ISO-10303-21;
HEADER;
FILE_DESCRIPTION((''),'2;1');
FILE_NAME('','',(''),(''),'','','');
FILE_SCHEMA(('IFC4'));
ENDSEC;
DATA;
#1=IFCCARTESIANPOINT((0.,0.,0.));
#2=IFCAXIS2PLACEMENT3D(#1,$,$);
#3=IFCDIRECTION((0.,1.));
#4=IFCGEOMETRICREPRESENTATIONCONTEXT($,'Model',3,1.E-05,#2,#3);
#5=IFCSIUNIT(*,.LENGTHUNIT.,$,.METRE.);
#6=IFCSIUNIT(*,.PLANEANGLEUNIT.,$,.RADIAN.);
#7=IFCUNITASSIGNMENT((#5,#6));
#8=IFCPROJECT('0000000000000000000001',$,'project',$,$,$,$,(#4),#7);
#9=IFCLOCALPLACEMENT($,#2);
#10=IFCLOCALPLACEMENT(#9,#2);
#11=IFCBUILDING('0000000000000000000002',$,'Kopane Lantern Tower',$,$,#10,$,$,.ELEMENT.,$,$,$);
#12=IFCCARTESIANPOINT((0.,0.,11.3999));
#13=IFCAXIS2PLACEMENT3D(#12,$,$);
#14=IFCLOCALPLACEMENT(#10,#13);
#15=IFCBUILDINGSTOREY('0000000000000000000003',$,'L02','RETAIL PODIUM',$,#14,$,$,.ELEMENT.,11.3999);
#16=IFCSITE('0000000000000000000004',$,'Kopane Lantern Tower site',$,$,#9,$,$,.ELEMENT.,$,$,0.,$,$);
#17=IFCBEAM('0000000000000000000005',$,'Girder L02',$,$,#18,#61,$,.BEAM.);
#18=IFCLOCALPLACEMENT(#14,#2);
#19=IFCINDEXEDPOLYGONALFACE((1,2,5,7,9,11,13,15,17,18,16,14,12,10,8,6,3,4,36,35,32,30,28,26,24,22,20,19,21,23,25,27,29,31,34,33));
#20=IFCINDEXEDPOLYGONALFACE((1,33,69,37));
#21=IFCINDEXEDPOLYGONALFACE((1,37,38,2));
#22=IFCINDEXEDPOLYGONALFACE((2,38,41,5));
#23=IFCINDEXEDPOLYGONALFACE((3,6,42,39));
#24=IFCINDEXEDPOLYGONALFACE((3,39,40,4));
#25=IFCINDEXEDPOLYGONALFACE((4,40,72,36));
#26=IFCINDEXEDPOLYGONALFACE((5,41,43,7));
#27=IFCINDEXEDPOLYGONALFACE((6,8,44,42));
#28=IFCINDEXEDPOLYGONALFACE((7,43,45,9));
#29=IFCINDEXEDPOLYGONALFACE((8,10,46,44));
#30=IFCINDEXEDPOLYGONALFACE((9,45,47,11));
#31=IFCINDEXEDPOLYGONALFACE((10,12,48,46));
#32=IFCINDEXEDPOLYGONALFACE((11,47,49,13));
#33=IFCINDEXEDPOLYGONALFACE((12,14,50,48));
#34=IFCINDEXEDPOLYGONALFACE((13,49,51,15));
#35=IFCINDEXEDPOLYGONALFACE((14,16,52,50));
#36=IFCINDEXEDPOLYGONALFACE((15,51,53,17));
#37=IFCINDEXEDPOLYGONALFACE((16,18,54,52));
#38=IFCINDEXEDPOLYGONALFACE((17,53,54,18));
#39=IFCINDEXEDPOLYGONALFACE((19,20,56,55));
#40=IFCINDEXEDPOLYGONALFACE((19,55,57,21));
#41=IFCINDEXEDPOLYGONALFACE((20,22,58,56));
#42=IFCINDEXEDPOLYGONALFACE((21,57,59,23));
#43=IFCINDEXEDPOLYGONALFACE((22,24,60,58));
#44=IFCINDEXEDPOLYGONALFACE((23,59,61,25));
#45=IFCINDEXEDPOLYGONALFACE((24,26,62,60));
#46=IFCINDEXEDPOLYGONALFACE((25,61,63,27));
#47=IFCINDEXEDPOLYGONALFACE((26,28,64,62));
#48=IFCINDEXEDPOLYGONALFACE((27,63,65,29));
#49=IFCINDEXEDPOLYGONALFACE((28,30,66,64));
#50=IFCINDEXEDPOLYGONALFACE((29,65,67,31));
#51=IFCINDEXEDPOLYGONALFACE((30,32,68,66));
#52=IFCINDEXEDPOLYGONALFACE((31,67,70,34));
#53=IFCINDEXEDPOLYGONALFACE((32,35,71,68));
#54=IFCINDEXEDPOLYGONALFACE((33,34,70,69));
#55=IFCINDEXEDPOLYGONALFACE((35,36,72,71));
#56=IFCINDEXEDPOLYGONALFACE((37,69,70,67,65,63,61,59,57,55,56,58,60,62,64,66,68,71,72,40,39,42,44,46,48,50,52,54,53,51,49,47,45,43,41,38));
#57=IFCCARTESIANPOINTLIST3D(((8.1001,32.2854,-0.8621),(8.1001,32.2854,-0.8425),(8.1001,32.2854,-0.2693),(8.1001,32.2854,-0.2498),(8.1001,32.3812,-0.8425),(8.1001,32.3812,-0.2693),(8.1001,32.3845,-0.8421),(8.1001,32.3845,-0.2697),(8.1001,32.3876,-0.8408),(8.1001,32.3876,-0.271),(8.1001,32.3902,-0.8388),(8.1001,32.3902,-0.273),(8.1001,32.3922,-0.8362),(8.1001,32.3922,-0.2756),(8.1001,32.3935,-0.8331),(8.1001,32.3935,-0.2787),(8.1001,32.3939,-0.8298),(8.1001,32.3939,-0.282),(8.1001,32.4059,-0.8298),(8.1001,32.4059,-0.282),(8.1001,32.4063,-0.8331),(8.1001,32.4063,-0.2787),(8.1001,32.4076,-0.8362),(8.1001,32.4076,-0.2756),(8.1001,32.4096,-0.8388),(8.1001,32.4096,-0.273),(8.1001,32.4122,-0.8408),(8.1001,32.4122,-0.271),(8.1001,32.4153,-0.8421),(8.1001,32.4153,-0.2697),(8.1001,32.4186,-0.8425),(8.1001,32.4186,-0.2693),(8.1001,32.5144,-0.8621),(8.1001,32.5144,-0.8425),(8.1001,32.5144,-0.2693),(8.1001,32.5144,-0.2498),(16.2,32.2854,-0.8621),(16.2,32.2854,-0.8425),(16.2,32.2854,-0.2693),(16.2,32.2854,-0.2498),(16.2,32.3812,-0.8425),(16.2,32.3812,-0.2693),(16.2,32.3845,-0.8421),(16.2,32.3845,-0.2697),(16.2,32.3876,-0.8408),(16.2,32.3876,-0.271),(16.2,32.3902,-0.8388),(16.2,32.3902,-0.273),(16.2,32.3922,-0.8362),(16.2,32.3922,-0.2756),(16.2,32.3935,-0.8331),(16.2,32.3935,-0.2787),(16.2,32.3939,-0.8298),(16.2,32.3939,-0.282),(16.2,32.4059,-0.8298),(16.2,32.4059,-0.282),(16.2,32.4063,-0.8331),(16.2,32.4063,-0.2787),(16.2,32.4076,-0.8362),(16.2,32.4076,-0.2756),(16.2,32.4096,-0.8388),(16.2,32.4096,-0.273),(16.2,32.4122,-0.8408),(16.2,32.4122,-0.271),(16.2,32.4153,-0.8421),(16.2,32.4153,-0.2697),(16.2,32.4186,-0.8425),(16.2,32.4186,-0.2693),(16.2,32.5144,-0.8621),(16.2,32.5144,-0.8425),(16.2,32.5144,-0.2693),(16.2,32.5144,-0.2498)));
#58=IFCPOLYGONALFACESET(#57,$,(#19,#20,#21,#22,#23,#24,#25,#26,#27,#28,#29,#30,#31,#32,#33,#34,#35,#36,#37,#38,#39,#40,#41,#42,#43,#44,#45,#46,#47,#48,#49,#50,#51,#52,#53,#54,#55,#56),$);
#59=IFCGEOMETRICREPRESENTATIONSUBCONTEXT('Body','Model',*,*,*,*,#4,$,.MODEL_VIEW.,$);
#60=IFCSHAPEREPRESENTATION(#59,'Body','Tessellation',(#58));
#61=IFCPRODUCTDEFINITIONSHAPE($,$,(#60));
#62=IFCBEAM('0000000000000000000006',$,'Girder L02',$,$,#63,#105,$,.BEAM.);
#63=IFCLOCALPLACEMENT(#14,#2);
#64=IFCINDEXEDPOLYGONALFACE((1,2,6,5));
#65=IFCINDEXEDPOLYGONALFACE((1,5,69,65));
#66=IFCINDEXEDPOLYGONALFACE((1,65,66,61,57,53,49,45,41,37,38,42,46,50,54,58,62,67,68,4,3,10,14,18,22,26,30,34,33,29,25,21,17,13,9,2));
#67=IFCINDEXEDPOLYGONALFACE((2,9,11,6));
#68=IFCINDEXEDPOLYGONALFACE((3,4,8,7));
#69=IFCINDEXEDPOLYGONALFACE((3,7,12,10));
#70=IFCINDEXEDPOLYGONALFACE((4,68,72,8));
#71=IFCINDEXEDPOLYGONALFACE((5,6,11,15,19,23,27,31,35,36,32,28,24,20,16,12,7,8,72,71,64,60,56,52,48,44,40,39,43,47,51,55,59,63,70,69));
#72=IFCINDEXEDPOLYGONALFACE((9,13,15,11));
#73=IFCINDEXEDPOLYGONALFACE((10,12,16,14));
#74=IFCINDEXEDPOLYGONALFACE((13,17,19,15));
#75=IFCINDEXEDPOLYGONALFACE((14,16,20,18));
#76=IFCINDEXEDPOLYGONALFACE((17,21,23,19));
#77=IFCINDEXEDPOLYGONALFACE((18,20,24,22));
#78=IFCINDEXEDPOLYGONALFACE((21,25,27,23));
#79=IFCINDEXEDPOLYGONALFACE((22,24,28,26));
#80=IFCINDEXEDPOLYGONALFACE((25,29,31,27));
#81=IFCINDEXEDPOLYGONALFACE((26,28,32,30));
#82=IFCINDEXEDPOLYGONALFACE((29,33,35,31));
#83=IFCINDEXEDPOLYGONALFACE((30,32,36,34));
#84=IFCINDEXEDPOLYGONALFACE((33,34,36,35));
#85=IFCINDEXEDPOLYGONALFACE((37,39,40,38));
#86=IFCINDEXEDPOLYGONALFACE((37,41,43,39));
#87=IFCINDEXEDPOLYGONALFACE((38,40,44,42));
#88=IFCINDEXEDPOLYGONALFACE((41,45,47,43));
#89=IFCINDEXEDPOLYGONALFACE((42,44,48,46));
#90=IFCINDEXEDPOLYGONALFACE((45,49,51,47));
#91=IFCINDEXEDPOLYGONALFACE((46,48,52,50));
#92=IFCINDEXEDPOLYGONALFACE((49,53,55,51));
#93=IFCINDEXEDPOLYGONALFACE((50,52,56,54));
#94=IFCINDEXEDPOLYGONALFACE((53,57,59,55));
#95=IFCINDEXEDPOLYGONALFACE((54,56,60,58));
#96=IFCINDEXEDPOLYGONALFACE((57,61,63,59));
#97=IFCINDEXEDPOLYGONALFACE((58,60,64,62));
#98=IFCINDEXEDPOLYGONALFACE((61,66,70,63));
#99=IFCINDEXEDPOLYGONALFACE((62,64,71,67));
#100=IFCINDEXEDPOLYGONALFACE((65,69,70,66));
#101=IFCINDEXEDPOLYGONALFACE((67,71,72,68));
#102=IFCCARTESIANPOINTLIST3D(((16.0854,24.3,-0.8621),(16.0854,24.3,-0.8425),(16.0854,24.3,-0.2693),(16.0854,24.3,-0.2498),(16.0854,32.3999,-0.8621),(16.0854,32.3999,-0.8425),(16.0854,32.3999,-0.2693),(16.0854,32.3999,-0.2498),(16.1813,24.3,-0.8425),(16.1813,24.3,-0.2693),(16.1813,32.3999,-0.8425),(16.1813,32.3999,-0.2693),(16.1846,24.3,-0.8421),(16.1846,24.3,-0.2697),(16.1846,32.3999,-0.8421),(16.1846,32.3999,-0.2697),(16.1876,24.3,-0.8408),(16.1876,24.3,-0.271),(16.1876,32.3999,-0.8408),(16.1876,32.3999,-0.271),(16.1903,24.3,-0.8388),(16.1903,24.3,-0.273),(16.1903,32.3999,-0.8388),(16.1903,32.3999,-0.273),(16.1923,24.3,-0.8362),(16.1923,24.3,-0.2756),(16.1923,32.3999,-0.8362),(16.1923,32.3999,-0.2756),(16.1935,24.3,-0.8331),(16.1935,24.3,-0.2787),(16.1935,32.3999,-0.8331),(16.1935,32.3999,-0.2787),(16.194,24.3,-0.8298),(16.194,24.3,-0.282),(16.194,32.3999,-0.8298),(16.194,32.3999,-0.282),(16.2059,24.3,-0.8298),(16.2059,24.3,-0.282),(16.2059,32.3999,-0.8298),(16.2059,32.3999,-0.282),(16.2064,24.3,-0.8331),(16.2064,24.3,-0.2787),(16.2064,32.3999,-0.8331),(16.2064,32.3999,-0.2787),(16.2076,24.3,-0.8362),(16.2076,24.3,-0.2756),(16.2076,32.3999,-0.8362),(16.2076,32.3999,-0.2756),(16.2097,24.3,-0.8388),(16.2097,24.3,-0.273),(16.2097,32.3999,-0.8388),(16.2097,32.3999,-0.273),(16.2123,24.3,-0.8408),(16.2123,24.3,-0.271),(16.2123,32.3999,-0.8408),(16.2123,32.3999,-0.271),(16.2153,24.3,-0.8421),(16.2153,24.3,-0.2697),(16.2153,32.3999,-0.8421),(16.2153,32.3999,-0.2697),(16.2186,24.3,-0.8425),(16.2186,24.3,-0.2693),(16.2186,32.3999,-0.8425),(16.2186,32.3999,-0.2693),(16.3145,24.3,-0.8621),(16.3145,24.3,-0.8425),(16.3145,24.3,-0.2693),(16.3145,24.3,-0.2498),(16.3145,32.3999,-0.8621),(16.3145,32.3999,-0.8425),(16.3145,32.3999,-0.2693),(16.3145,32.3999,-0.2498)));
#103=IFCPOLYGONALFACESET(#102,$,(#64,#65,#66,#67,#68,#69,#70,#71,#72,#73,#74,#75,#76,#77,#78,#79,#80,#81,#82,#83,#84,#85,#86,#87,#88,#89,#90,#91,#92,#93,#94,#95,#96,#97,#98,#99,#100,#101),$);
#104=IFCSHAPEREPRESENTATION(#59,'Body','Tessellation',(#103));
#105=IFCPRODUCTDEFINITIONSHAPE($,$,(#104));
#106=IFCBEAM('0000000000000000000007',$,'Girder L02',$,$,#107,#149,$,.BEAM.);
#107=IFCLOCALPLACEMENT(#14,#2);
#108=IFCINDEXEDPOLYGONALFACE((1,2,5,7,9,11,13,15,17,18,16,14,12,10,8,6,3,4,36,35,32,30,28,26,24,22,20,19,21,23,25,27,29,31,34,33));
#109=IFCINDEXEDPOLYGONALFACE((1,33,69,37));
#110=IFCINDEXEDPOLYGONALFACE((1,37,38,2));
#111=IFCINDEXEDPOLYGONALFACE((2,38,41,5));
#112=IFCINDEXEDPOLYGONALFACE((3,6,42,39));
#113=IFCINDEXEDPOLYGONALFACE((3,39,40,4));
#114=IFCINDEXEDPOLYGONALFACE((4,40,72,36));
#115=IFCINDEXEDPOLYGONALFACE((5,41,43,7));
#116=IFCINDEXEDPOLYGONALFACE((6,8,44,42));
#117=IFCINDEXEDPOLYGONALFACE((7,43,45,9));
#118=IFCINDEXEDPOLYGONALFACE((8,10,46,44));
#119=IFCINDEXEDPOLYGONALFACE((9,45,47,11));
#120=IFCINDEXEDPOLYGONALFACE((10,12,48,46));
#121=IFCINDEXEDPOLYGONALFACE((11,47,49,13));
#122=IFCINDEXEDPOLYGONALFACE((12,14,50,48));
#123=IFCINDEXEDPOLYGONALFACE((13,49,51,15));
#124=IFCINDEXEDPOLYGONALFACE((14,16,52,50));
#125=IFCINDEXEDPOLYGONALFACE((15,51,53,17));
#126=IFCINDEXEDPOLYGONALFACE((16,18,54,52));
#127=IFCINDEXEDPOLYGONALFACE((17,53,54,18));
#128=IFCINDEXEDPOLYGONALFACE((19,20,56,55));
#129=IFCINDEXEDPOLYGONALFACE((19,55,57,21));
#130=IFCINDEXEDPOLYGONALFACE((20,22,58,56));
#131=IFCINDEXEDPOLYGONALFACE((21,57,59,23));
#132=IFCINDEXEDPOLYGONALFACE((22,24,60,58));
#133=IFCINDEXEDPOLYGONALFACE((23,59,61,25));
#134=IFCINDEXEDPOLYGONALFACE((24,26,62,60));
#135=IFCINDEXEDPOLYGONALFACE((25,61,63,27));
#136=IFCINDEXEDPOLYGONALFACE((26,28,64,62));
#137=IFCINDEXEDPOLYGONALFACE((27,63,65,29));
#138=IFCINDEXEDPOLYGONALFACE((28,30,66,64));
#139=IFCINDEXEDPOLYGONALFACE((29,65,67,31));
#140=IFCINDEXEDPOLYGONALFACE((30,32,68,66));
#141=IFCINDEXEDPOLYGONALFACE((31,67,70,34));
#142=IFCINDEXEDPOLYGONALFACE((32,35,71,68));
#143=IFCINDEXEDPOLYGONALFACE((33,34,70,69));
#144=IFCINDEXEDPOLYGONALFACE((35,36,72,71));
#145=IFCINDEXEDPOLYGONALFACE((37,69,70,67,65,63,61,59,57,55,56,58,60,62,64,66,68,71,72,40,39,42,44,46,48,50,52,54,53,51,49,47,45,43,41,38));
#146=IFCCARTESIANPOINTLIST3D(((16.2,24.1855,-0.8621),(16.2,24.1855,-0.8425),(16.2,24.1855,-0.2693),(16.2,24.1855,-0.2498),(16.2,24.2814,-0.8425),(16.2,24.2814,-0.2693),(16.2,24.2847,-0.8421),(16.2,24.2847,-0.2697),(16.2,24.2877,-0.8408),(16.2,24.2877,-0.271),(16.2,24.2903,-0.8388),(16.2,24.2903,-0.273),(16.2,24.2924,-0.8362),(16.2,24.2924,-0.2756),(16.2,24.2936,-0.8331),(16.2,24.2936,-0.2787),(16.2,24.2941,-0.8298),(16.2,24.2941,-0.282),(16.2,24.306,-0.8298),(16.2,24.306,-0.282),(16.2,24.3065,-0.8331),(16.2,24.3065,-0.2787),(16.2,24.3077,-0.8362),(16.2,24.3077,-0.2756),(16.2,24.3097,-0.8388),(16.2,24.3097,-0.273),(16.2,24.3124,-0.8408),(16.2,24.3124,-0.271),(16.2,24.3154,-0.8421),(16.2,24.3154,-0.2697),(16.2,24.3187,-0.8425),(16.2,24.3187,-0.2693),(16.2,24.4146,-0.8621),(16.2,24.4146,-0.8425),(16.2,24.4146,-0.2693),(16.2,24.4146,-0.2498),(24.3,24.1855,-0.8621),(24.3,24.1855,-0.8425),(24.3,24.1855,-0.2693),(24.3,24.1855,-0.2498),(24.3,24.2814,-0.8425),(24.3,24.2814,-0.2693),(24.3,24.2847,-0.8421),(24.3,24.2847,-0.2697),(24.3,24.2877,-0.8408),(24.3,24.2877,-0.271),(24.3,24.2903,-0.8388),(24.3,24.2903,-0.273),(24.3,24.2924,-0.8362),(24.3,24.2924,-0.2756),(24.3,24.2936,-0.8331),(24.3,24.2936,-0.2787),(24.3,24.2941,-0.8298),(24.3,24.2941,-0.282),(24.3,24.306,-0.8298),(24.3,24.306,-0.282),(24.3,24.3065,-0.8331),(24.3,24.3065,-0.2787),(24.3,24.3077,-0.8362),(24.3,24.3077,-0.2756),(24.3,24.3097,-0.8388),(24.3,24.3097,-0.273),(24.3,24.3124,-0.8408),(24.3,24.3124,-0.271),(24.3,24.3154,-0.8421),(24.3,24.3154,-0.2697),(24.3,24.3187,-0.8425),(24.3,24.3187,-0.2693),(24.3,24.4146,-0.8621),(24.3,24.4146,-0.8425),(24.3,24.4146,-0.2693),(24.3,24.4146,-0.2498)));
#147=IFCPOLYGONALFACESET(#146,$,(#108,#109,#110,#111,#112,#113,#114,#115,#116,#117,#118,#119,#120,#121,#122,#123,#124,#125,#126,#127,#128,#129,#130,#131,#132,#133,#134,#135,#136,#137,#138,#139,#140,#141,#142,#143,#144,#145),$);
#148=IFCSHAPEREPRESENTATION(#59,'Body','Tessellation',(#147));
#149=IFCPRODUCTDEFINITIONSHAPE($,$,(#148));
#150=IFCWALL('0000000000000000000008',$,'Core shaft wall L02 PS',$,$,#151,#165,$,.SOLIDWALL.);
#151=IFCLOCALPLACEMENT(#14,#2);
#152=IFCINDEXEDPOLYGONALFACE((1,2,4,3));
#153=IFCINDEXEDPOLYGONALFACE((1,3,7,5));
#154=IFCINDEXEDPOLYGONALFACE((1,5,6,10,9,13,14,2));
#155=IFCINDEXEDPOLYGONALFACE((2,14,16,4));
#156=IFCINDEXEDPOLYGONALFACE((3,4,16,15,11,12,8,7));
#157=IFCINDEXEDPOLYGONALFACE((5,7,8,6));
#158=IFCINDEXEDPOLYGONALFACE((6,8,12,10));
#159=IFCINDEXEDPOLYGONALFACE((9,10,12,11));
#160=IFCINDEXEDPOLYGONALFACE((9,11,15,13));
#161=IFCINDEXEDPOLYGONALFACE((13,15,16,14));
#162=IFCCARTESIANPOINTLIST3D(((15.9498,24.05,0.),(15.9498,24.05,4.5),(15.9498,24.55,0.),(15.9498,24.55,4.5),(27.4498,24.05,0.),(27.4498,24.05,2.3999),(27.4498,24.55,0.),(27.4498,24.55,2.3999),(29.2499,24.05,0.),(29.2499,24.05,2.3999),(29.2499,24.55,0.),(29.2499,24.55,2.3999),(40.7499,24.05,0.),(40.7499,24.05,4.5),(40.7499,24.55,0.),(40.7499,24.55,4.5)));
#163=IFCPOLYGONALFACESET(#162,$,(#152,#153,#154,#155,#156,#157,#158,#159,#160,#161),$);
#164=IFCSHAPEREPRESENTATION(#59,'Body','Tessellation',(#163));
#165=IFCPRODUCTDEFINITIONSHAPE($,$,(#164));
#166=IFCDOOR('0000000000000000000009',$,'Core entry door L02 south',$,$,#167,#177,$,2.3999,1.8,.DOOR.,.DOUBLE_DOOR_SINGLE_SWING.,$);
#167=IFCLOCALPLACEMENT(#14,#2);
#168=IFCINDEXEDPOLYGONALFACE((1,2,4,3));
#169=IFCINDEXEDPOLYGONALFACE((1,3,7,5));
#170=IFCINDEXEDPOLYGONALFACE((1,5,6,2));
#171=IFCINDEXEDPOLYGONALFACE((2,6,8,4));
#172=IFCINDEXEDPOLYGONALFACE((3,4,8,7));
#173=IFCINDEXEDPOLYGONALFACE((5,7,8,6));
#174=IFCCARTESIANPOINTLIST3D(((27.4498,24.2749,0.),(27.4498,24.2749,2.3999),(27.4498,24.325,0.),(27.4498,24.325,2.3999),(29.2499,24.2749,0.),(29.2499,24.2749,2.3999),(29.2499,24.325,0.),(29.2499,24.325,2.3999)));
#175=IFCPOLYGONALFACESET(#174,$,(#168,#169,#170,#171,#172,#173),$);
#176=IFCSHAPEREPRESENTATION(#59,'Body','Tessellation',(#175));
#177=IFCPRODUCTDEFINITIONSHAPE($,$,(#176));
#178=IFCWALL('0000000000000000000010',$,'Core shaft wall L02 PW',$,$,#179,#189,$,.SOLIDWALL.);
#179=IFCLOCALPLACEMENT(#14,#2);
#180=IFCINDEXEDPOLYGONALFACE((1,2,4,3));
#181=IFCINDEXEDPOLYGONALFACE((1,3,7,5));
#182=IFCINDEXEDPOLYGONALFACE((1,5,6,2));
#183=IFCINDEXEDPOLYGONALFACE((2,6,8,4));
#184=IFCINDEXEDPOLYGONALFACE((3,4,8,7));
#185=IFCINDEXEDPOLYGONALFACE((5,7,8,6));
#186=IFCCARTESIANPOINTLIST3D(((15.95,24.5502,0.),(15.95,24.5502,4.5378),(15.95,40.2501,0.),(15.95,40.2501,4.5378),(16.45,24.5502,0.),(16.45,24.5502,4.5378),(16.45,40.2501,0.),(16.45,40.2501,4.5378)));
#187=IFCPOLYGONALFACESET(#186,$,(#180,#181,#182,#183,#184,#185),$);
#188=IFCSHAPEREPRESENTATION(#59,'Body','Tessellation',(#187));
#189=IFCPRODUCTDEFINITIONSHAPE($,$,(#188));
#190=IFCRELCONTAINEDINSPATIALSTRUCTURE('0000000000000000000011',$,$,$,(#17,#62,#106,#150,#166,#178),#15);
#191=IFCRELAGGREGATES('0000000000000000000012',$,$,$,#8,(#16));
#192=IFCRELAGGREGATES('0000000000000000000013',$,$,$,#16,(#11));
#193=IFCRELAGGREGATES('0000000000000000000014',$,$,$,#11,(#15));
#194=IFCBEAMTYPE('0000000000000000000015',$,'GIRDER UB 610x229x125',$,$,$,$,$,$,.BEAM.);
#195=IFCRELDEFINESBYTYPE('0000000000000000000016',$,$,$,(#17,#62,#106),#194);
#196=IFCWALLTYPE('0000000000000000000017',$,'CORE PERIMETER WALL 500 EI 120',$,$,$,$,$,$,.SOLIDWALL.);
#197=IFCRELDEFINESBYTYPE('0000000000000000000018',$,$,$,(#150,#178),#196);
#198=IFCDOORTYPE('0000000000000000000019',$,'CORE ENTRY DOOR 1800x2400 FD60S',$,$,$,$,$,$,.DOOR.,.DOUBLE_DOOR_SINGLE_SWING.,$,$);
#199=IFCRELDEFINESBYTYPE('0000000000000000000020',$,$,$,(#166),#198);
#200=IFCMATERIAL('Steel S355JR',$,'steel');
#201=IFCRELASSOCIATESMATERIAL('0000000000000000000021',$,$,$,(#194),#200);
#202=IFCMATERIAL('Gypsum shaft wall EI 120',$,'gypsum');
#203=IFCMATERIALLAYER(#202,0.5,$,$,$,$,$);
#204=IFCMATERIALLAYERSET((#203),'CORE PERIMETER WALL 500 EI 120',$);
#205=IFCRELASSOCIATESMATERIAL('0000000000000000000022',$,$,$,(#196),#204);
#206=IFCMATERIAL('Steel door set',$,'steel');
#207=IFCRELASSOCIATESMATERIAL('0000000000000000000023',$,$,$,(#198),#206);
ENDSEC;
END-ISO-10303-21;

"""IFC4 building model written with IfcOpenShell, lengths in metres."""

from ifc_helpers import new_model, si_unit, direction, frame, frame_2d, origin, origin_2d, place, context, subcontext, project, spatial, rectangle, i_section, extrude, material, layer, layer_set, material_profile, profile_set, type_object, element, fill, save


model = new_model("IFC4")

# Units and contexts
model_context = context("Model", 3, precision=1e-05, world=origin(), true_north=direction((0.0, 1.0)))
body_context = subcontext(model_context, "Body", "Model", "MODEL_VIEW")
ifc_project = project(units=[si_unit("LENGTHUNIT", "METRE"), si_unit("PLANEANGLEUNIT", "RADIAN")], contexts=[model_context])

# Site, building, storey
site_placement = place(None, origin())
site = spatial("IfcSite", under=ifc_project, at=site_placement, Name="Kopane Lantern Tower site", CompositionType="ELEMENT", RefElevation=0.0)
building_placement = place(site_placement, origin())
building = spatial("IfcBuilding", under=site, at=building_placement, Name="Kopane Lantern Tower", CompositionType="ELEMENT")
storey_placement = place(building_placement, frame((0.0, 0.0, 11.3999)))
storey = spatial("IfcBuildingStorey", under=building, at=storey_placement, Name="L02", Description="RETAIL PODIUM", CompositionType="ELEMENT", Elevation=11.3999)

# Beams
ifc_material_1 = material(Name="Steel S355JR", Category="steel")
ifc_material_profile_1 = material_profile(ifc_material_1, i_section(OverallWidth=0.229, OverallDepth=0.6123, WebThickness=0.012, FlangeThickness=0.0195, FilletRadius=0.0127, at=origin_2d()), Name="UB 610x229x125")
ifc_profile_set_1 = profile_set([ifc_material_profile_1], Name="Steel S355JR")
beam_type = type_object("IfcBeamType", Name="GIRDER UB 610x229x125", PredefinedType="BEAM", material=ifc_profile_set_1)
for number, where, z_axis, x_axis, name in (
    (1, (8.1001, 32.3999, -0.5559), (1.0, 0.0, 0.0), (0.0, 1.0, 0.0), "Girder L02"),
    (2, (16.2, 24.3, -0.5559), (0.0, 1.0, 0.0), (-1.0, 0.0, 0.0), "Girder L02"),
):
    element("IfcBeam", number, at=place(storey_placement, frame(where, z_axis=z_axis, x_axis=x_axis)), inside=storey, type_object=beam_type, Name=name, PredefinedType="BEAM", context=body_context, shape_type="SweptSolid", body=[
        extrude(i_section(OverallWidth=0.229, OverallDepth=0.6123, WebThickness=0.012, FlangeThickness=0.0195, FilletRadius=0.0127, at=origin_2d()), origin(), (0.0, 0.0, 1.0), 8.0999),
    ])
beam_1_placement = place(storey_placement, frame((16.2, 24.3, -0.5559), z_axis=(1.0, 0.0, 0.0), x_axis=(0.0, 1.0, 0.0)))
element("IfcBeam", 3, at=beam_1_placement, inside=storey, type_object=beam_type, Name="Girder L02", PredefinedType="BEAM", context=body_context, shape_type="SweptSolid", body=[
    extrude(i_section(OverallWidth=0.229, OverallDepth=0.6123, WebThickness=0.012, FlangeThickness=0.0195, FilletRadius=0.0127, at=origin_2d()), origin(), (0.0, 0.0, 1.0), 8.1001),
])

# Wall, opening, door
ifc_material_2 = material(Name="Gypsum shaft wall EI 120", Category="gypsum")
ifc_layer_1 = layer(ifc_material_2, 0.5)
ifc_layer_set_1 = layer_set([ifc_layer_1], Name="CORE PERIMETER WALL 500 EI 120")
wall_type_1 = type_object("IfcWallType", Name="CORE PERIMETER WALL 500 EI 120", PredefinedType="SOLIDWALL", material=ifc_layer_set_1)
wall_1_placement = place(storey_placement, frame((15.95, 24.3, 0.0), z_axis=(0.0, 0.0, 1.0), x_axis=(1.0, 0.0, 0.0)))
wall_1 = element("IfcWall", 4, at=wall_1_placement, inside=storey, type_object=wall_type_1, Name="Core shaft wall L02 PS", PredefinedType="SOLIDWALL", context=body_context, shape_type="SweptSolid", body=[
    extrude(rectangle(XDim=24.8, YDim=0.5, at=frame_2d((12.3999, 0.0))), origin(), (0.0, 0.0, 1.0), 4.5),
])
opening_placement = place(wall_1_placement, frame((11.5, 0.0, 0.0)))
opening = element("IfcOpeningElement", 5, at=opening_placement, cuts=wall_1, PredefinedType="OPENING", context=body_context, shape_type="SweptSolid", body=[
    extrude(rectangle(XDim=1.8, YDim=2.3999, at=frame_2d((0.8999, 1.2))), frame((0.0, 0.26, 0.0), z_axis=(0.0, -1.0, 0.0), x_axis=(1.0, 0.0, 0.0)), (0.0, 0.0, 1.0), 0.52),
])
ifc_material_3 = material(Name="Steel door set", Category="steel")
door_type = type_object("IfcDoorType", Name="CORE ENTRY DOOR 1800x2400 FD60S", OperationType="DOUBLE_DOOR_SINGLE_SWING", PredefinedType="DOOR", material=ifc_material_3)
door_placement = place(opening_placement, origin())
door = element("IfcDoor", 6, at=door_placement, inside=storey, type_object=door_type, Name="Core entry door L02 south", OperationType="DOUBLE_DOOR_SINGLE_SWING", OverallHeight=2.3999, OverallWidth=1.8, PredefinedType="DOOR", context=body_context, shape_type="SweptSolid", body=[
    extrude(rectangle(XDim=1.8, YDim=2.3999, at=frame_2d((0.8999, 1.2))), frame((0.0, 0.0249, 0.0), z_axis=(0.0, -1.0, 0.0), x_axis=(1.0, 0.0, 0.0)), (0.0, 0.0, 1.0), 0.05),
])
fill(opening, door)

# Wall
wall_2_placement = place(storey_placement, frame((16.2, 24.55, 0.0), z_axis=(0.0, 0.0, 1.0), x_axis=(0.0, 1.0, 0.0)))
element("IfcWall", 7, at=wall_2_placement, inside=storey, type_object=wall_type_1, Name="Core shaft wall L02 PW", PredefinedType="SOLIDWALL", context=body_context, shape_type="SweptSolid", body=[
    extrude(rectangle(XDim=15.7, YDim=0.5, at=frame_2d((7.8501, 0.0))), origin(), (0.0, 0.0, 1.0), 4.5378),
])

save(model, "model.ifc")
